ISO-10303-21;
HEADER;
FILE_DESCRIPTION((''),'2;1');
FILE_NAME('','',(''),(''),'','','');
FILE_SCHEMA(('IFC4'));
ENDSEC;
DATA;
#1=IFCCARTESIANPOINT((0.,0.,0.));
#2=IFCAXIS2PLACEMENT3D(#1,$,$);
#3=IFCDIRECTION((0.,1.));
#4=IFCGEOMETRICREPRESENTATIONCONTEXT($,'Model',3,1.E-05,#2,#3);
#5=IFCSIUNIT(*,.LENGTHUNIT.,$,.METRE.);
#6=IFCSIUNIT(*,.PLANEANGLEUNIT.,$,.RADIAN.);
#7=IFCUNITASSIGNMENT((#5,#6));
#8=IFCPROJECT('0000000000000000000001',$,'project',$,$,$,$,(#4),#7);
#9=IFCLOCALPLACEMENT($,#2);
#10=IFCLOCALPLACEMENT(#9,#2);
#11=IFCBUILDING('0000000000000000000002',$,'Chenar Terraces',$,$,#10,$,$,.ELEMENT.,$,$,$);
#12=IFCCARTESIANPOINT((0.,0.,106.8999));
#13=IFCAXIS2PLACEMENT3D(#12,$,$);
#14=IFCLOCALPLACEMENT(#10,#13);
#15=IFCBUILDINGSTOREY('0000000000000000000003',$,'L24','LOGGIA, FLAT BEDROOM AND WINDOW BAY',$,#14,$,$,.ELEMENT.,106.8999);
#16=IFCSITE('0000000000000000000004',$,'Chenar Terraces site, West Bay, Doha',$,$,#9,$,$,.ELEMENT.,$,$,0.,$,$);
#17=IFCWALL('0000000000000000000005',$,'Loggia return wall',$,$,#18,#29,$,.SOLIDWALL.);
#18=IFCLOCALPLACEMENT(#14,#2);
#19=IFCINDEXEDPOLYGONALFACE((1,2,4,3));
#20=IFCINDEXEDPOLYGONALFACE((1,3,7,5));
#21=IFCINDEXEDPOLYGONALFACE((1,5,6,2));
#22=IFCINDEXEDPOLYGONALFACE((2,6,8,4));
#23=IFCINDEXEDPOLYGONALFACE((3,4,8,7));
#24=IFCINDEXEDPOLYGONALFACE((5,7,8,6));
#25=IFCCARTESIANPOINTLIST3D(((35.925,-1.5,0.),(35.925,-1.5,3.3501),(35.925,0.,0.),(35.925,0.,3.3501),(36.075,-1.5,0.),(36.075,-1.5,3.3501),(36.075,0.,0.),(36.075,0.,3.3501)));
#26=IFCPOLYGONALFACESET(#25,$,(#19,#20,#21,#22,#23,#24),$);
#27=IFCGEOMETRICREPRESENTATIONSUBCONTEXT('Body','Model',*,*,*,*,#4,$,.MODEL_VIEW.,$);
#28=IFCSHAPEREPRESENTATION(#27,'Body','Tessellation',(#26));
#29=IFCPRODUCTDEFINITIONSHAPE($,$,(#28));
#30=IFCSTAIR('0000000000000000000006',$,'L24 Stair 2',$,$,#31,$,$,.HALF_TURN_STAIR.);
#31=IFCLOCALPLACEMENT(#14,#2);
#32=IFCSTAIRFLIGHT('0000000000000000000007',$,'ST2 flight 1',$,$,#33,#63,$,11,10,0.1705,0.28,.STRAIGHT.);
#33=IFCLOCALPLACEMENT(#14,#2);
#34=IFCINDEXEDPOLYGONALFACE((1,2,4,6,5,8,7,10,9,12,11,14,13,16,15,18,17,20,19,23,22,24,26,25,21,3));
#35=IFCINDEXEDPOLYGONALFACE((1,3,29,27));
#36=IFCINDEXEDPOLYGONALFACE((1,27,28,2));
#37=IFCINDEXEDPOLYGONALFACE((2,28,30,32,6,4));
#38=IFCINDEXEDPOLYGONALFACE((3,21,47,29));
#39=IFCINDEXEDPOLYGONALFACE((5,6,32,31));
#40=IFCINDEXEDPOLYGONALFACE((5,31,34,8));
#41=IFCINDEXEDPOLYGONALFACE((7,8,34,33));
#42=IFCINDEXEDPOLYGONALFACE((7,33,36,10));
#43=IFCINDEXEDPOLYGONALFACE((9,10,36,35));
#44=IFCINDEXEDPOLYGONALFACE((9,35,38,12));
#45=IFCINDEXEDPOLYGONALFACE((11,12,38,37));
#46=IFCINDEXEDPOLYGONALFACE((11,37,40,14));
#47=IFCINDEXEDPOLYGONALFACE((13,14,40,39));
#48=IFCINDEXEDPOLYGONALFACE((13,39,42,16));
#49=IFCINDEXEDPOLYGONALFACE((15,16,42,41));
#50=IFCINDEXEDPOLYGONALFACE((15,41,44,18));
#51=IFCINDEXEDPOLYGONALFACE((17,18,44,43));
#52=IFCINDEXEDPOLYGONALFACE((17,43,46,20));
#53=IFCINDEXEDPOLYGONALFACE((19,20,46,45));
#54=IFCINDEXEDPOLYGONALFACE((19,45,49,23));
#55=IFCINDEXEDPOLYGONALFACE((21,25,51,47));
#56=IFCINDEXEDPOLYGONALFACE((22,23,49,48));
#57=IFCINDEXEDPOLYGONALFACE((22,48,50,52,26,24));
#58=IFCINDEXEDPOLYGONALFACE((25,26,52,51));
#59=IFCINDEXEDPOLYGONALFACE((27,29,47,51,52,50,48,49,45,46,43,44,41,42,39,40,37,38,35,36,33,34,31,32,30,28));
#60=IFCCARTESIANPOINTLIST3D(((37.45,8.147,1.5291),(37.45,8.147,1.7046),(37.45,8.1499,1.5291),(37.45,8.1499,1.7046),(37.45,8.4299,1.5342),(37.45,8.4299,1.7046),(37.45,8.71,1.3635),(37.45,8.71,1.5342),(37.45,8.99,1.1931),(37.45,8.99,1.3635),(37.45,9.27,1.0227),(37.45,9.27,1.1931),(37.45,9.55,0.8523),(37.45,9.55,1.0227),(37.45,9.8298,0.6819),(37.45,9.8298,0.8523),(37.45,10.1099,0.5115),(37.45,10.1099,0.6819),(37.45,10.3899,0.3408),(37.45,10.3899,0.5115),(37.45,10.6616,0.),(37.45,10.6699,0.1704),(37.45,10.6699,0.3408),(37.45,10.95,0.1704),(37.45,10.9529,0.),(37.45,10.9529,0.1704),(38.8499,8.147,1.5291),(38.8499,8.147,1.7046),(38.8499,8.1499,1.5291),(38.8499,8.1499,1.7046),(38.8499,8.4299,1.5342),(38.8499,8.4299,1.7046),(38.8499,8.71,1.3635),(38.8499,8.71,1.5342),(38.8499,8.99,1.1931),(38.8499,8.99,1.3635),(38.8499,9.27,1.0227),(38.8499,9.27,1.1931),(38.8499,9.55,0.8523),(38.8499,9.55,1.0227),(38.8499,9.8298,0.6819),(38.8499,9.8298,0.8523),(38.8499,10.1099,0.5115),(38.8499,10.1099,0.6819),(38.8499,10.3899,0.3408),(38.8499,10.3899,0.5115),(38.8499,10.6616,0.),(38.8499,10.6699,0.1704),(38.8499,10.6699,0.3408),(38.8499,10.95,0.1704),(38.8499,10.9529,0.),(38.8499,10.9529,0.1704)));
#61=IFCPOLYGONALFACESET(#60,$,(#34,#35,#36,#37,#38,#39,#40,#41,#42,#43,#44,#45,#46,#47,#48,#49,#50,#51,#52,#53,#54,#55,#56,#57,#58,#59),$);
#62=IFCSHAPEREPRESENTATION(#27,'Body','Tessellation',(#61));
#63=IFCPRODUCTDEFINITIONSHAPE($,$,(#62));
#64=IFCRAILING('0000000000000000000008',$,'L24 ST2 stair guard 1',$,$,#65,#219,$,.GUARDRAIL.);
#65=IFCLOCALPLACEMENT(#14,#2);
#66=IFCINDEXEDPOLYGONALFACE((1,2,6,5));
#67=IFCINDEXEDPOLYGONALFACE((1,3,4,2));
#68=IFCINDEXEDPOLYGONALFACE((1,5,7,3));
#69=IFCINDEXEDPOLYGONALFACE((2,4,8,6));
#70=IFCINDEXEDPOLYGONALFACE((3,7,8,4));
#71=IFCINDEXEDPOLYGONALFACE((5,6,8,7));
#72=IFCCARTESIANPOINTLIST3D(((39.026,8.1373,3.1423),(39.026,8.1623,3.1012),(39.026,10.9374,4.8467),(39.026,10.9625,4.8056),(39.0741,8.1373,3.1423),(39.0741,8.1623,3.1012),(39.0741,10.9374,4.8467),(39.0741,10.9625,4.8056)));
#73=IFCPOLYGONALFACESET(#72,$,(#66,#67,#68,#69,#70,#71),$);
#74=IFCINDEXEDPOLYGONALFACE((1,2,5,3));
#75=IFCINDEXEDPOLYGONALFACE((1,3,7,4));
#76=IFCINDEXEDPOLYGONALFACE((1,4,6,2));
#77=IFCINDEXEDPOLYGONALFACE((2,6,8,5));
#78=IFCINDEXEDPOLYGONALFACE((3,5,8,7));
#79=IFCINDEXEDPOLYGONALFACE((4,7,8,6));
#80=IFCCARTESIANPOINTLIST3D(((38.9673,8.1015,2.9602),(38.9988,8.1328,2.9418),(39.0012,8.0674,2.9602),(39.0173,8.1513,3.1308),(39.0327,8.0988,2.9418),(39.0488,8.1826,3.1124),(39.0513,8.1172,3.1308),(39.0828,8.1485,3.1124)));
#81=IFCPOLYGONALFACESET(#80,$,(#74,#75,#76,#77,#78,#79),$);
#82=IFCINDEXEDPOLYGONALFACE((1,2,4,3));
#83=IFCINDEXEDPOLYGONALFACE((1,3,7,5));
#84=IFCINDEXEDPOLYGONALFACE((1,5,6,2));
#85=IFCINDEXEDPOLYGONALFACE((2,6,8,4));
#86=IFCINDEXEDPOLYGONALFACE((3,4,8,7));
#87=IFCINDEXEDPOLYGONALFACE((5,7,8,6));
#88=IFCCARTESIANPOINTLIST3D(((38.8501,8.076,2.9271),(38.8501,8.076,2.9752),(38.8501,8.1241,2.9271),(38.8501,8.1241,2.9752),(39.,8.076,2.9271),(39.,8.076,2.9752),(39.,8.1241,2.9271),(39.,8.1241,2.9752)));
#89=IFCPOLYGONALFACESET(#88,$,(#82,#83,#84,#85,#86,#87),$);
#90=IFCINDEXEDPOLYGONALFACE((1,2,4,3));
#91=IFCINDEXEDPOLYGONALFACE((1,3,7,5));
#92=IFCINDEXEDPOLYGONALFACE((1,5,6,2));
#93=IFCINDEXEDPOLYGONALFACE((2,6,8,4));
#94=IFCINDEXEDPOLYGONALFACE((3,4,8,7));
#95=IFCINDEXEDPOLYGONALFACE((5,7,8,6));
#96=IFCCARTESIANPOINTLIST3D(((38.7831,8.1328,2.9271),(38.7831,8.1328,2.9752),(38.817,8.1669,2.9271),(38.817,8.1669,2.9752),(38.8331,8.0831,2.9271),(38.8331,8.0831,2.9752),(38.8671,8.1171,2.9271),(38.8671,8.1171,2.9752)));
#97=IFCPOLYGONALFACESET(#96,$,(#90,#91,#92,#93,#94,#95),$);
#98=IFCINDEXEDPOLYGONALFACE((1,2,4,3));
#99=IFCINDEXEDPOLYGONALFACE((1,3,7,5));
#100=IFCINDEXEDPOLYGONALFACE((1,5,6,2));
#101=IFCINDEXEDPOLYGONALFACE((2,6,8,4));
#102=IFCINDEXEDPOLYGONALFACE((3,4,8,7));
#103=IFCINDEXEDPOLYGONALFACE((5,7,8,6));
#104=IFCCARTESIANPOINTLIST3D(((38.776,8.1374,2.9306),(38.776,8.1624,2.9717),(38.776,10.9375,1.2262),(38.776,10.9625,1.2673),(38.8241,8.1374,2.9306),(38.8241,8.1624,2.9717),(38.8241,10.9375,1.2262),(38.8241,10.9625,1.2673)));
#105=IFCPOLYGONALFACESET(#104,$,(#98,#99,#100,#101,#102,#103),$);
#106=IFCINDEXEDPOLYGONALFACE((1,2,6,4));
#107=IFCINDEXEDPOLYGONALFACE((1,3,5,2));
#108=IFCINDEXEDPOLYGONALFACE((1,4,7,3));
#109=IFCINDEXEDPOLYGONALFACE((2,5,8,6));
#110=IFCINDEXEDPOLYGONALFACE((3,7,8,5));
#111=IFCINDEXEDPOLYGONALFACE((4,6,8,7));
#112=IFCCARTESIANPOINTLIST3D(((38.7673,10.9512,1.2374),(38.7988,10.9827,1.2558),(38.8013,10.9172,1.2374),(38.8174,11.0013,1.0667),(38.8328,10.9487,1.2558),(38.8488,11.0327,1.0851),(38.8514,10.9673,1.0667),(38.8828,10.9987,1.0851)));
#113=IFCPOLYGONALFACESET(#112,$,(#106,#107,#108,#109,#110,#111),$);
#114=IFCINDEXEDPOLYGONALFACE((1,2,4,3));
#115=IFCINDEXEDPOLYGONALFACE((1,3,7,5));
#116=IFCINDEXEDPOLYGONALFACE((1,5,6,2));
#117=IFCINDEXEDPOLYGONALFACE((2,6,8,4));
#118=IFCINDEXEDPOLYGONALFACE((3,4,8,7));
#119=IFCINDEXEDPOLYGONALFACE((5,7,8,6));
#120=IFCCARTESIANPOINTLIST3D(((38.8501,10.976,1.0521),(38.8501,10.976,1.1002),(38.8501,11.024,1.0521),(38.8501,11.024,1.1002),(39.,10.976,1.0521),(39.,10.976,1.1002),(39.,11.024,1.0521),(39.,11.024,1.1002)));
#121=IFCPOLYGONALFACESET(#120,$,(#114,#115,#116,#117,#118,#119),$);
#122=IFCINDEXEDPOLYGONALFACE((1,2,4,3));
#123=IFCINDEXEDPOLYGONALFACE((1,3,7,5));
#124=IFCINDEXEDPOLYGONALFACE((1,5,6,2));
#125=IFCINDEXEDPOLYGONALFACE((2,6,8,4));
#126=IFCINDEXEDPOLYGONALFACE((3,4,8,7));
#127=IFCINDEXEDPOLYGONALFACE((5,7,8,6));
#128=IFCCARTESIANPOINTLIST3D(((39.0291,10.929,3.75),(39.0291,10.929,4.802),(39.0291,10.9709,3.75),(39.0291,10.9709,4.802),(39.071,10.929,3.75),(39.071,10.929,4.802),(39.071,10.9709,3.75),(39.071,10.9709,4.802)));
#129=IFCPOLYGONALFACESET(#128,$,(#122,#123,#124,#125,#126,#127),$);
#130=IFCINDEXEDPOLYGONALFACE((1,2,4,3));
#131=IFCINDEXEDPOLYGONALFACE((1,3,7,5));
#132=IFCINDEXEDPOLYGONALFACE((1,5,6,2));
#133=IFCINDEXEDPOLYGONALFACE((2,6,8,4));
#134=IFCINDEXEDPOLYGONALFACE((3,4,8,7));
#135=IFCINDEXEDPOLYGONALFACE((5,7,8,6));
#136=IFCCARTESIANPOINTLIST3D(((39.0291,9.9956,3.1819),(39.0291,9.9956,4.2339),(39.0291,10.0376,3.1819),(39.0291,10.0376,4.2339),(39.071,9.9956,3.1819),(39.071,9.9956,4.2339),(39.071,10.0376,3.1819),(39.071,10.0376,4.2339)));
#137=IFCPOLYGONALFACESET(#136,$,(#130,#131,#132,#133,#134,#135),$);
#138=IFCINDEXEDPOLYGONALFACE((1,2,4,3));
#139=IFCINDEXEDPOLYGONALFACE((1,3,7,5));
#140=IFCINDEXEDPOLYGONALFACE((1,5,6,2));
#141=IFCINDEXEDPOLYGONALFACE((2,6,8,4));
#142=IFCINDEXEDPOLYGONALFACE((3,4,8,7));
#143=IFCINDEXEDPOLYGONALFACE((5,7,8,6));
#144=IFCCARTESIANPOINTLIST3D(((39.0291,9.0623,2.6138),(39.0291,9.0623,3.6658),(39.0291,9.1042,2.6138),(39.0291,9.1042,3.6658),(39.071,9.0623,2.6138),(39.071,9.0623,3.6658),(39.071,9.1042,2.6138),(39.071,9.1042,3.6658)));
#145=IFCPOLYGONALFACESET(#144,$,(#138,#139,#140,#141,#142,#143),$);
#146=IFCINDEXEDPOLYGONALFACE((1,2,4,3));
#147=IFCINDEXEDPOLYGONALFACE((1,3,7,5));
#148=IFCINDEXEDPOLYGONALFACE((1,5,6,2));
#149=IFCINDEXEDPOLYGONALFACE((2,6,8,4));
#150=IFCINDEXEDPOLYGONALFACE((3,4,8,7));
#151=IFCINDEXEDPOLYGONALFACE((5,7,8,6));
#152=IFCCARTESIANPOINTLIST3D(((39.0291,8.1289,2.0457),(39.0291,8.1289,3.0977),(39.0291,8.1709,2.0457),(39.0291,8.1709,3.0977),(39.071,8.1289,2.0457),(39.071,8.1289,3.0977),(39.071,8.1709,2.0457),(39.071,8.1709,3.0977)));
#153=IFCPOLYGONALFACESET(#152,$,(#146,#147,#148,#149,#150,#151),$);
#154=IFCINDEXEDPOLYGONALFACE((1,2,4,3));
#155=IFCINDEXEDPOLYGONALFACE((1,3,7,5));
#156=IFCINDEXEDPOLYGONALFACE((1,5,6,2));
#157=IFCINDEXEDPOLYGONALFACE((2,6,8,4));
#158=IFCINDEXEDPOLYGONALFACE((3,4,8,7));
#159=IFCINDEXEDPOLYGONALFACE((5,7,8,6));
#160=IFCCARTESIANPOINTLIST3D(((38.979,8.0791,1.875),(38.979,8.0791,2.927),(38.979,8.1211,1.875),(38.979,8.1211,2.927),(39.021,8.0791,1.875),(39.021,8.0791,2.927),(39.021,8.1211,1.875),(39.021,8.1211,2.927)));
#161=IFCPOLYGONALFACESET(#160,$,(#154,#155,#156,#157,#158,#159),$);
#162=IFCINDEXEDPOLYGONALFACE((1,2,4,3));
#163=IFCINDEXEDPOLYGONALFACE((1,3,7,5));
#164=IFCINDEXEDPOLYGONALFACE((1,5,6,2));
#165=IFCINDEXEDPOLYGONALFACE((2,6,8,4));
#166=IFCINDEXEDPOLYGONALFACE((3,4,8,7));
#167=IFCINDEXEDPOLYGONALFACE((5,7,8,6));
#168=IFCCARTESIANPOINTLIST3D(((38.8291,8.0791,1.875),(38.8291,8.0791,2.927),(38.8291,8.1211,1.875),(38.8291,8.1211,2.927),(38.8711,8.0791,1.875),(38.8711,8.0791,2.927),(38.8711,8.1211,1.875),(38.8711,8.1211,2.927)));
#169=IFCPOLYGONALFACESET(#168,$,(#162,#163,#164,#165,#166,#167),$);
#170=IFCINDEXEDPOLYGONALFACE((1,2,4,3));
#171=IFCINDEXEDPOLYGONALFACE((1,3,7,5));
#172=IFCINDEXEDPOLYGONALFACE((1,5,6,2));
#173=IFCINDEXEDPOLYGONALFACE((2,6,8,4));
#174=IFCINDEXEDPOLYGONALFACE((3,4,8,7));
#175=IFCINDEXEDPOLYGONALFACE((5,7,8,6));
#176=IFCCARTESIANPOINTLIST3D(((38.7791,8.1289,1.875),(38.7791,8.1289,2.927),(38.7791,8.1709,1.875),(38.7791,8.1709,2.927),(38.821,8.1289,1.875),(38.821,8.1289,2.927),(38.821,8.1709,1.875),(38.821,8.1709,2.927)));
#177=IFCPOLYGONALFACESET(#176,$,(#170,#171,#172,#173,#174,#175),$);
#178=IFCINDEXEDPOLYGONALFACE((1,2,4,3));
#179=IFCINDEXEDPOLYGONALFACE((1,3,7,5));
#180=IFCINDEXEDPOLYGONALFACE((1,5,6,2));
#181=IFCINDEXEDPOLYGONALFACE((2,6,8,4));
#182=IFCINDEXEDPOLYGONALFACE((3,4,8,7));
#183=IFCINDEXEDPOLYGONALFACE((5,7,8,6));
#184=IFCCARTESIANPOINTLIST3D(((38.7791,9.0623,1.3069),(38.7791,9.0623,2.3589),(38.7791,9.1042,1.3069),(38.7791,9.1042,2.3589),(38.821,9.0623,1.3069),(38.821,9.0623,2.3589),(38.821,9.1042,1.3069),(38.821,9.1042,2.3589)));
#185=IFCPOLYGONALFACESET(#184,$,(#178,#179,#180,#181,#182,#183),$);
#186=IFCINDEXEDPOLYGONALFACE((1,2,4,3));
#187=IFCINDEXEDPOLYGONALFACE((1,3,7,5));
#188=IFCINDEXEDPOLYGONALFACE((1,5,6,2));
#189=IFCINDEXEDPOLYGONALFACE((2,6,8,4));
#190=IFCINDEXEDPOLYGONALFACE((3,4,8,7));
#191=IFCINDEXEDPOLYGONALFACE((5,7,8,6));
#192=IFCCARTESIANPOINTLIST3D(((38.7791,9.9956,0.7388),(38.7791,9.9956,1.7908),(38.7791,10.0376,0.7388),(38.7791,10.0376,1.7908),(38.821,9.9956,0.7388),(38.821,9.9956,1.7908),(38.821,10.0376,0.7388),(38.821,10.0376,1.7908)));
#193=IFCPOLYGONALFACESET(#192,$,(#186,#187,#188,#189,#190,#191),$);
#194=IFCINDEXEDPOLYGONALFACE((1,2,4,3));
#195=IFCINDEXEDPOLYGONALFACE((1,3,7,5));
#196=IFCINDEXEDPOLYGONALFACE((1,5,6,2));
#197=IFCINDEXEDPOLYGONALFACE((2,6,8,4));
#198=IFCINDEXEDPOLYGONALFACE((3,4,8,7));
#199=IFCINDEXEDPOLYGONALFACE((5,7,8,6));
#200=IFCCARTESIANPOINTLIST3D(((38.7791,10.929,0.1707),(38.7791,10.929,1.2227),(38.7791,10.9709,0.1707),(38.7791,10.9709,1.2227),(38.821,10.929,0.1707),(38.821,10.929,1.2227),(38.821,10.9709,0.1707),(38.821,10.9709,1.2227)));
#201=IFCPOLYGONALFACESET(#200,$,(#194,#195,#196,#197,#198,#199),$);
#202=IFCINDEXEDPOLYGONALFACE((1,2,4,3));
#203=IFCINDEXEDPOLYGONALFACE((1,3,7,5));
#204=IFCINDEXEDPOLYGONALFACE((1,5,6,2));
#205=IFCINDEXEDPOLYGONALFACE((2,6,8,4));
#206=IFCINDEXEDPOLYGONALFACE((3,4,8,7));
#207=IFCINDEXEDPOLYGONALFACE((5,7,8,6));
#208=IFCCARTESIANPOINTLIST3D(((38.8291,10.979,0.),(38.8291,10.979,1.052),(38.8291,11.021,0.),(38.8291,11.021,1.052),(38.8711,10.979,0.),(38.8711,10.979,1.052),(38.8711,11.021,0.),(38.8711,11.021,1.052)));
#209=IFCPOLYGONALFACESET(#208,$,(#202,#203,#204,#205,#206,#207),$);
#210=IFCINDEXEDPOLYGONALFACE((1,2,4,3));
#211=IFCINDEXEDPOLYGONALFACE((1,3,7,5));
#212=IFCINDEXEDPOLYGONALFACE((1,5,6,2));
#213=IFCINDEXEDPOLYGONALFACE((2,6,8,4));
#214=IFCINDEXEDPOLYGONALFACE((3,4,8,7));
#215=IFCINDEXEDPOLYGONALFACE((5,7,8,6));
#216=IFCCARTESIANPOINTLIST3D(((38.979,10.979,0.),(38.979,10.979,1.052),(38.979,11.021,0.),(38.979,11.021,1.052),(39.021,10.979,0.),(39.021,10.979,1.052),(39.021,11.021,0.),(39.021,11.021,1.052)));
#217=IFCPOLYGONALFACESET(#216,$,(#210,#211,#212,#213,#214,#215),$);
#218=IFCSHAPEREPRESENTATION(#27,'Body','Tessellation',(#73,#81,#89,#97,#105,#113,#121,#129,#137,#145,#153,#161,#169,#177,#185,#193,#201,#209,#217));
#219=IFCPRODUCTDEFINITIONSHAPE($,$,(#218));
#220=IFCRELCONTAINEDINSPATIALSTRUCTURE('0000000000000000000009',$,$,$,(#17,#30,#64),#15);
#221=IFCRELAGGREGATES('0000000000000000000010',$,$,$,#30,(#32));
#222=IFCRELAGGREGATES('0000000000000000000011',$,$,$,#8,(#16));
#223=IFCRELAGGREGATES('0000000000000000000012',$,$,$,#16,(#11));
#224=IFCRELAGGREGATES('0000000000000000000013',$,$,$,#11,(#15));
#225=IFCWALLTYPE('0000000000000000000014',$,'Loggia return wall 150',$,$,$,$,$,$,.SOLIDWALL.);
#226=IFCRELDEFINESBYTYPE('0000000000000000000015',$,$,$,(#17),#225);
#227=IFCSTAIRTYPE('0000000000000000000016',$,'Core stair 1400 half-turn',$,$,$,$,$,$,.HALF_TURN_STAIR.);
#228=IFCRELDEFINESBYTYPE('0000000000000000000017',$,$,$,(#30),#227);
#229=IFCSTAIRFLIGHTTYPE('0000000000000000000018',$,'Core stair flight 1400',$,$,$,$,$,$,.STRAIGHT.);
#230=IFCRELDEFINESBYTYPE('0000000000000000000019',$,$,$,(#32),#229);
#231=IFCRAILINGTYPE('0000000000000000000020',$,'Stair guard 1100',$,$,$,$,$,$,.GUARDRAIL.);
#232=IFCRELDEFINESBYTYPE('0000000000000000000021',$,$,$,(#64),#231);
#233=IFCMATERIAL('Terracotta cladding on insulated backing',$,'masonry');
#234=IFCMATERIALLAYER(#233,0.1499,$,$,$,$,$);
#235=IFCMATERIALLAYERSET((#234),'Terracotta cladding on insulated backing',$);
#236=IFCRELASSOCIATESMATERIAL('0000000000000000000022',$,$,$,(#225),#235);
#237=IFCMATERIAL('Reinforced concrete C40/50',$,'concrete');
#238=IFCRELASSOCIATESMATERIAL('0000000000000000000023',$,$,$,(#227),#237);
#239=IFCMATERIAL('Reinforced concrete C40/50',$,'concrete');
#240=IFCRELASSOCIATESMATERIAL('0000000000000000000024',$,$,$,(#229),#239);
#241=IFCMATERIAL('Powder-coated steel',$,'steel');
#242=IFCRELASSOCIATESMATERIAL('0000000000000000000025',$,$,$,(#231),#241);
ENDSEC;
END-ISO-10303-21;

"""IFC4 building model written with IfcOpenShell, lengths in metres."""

from ifc_helpers import new_model, si_unit, direction, frame, frame_2d, origin, origin_2d, place, context, subcontext, project, spatial, polyline, rectangle, outline, extrude, material, layer, layer_set, type_object, element, aggregate, save


model = new_model("IFC4")

# Units and contexts
model_context = context("Model", 3, precision=1e-05, world=origin(), true_north=direction((0.0, 1.0)))
body_context = subcontext(model_context, "Body", "Model", "MODEL_VIEW")
ifc_project = project(units=[si_unit("LENGTHUNIT", "METRE"), si_unit("PLANEANGLEUNIT", "RADIAN")], contexts=[model_context])

# Site, building, storey
site_placement = place(None, origin())
site = spatial("IfcSite", under=ifc_project, at=site_placement, Name="Chenar Terraces site, West Bay, Doha", CompositionType="ELEMENT", RefElevation=0.0)
building_placement = place(site_placement, origin())
building = spatial("IfcBuilding", under=site, at=building_placement, Name="Chenar Terraces", CompositionType="ELEMENT")
storey_placement = place(building_placement, frame((0.0, 0.0, 106.8999)))
storey = spatial("IfcBuildingStorey", under=building, at=storey_placement, Name="L24", Description="LOGGIA, FLAT BEDROOM AND WINDOW BAY", CompositionType="ELEMENT", Elevation=106.8999)

# Wall
ifc_material_1 = material(Name="Terracotta cladding on insulated backing", Category="masonry")
ifc_layer_1 = layer(ifc_material_1, 0.1499)
ifc_layer_set_1 = layer_set([ifc_layer_1], Name="Terracotta cladding on insulated backing")
wall_type_1 = type_object("IfcWallType", Name="Loggia return wall 150", PredefinedType="SOLIDWALL", material=ifc_layer_set_1)
wall_1_placement = place(storey_placement, frame((36.0, -1.5, 0.0), z_axis=(0.0, 0.0, 1.0), x_axis=(0.0, 1.0, 0.0)))
element("IfcWall", 1, at=wall_1_placement, inside=storey, type_object=wall_type_1, Name="Loggia return wall", PredefinedType="SOLIDWALL", context=body_context, shape_type="SweptSolid", body=[
    extrude(rectangle(XDim=1.5, YDim=0.1499, at=frame_2d((0.75, 0.0))), origin(), (0.0, 0.0, 1.0), 3.3501),
])

# Stair, stair flight
ifc_material_2 = material(Name="Reinforced concrete C40/50", Category="concrete")
stair_type = type_object("IfcStairType", Name="Core stair 1400 half-turn", PredefinedType="HALF_TURN_STAIR", material=ifc_material_2)
stair_placement = place(storey_placement, origin())
stair = element("IfcStair", 2, at=stair_placement, inside=storey, type_object=stair_type, Name="L24 Stair 2", PredefinedType="HALF_TURN_STAIR")
ifc_material_3 = material(Name="Reinforced concrete C40/50", Category="concrete")
stair_flight_type = type_object("IfcStairFlightType", Name="Core stair flight 1400", PredefinedType="STRAIGHT", material=ifc_material_3)
stair_flight_placement = place(storey_placement, frame((38.1499, 10.95, 0.0), z_axis=(0.0, 0.0, 1.0), x_axis=(0.0, -1.0, 0.0)))
stair_flight = element("IfcStairFlight", 3, at=stair_flight_placement, type_object=stair_flight_type, Name="ST2 flight 1", NumberOfRisers=11, NumberOfTreads=10, PredefinedType="STRAIGHT", RiserHeight=0.1705, TreadLength=0.28, context=body_context, shape_type="SweptSolid", body=[
    extrude(outline(polyline([(-0.0029, 0.0), (-0.0029, 0.1704), (0.0, 0.1704), (0.28, 0.1704), (0.28, 0.3408), (0.5601, 0.3408), (0.5601, 0.5115), (0.8401, 0.5115), (0.8401, 0.6819), (1.1201, 0.6819), (1.1201, 0.8523), (1.3999, 0.8523), (1.3999, 1.0227), (1.6799, 1.0227), (1.6799, 1.1931), (1.96, 1.1931), (1.96, 1.3635), (2.24, 1.3635), (2.24, 1.5342), (2.52, 1.5342), (2.52, 1.7046), (2.8, 1.7046), (2.803, 1.7046), (2.803, 1.5291), (2.8, 1.5291), (0.2883, 0.0), (-0.0029, 0.0)])), frame((0.0, 0.7, 0.0), z_axis=(0.0, -1.0, 0.0), x_axis=(1.0, 0.0, 0.0)), (0.0, 0.0, 1.0), 1.3999),
])
aggregate(stair, [stair_flight])

# Railing
ifc_material_4 = material(Name="Powder-coated steel", Category="steel")
railing_type_1 = type_object("IfcRailingType", Name="Stair guard 1100", PredefinedType="GUARDRAIL", material=ifc_material_4)
railing_1_placement = place(storey_placement, frame((39.05, 10.95, 3.75)))
element("IfcRailing", 4, at=railing_1_placement, inside=storey, type_object=railing_type_1, Name="L24 ST2 stair guard 1", PredefinedType="GUARDRAIL", context=body_context, shape_type="SweptSolid", body=[
    extrude(rectangle(XDim=0.0481, YDim=0.0481, at=origin_2d()), frame((0.0, 0.0, 1.0762), z_axis=(0.0, -0.854203, -0.51994), x_axis=(1.0, 0.0, 0.0)), (0.0, 0.0, 1.0), 3.2781),
    extrude(rectangle(XDim=0.0481, YDim=0.0481, at=origin_2d()), frame((0.0, -2.8, -0.6284), z_axis=(-0.270997, -0.269675, -0.924033), x_axis=(0.705376, -0.708834, 0.0)), (0.0, 0.0, 1.0), 0.1846),
    extrude(rectangle(XDim=0.0481, YDim=0.0481, at=origin_2d()), frame((-0.05, -2.8499, -0.7988), z_axis=(-1.0, 0.0, 0.0), x_axis=(0.0, -1.0, 0.0)), (0.0, 0.0, 1.0), 0.1499),
    extrude(rectangle(XDim=0.0481, YDim=0.0481, at=origin_2d()), frame((-0.2, -2.8499, -0.7988), z_axis=(-0.708834, 0.705376, 0.0), x_axis=(-0.705376, -0.708834, 0.0)), (0.0, 0.0, 1.0), 0.0706),
    extrude(rectangle(XDim=0.0481, YDim=0.0481, at=origin_2d()), frame((-0.25, -2.8, -0.7988), z_axis=(0.0, 0.854203, -0.51994), x_axis=(-1.0, 0.0, 0.0)), (0.0, 0.0, 1.0), 3.2781),
    extrude(rectangle(XDim=0.0481, YDim=0.0481, at=origin_2d()), frame((-0.25, 0.0, -2.5034), z_axis=(0.2709, 0.2709, -0.923703), x_axis=(-0.707107, 0.707107, 0.0)), (0.0, 0.0, 1.0), 0.1848),
    extrude(rectangle(XDim=0.0481, YDim=0.0481, at=origin_2d()), frame((-0.2, 0.05, -2.6738), z_axis=(1.0, 0.0, 0.0), x_axis=(0.0, 1.0, 0.0)), (0.0, 0.0, 1.0), 0.1499),
    extrude(rectangle(XDim=0.042, YDim=0.042, at=origin_2d()), origin(), (0.0, 0.0, 1.0), 1.052),
    extrude(rectangle(XDim=0.042, YDim=0.042, at=origin_2d()), frame((0.0, -0.9333, -0.5681)), (0.0, 0.0, 1.0), 1.052),
    extrude(rectangle(XDim=0.042, YDim=0.042, at=origin_2d()), frame((0.0, -1.8667, -1.1362)), (0.0, 0.0, 1.0), 1.052),
    extrude(rectangle(XDim=0.042, YDim=0.042, at=origin_2d()), frame((0.0, -2.8, -1.7043)), (0.0, 0.0, 1.0), 1.052),
    extrude(rectangle(XDim=0.042, YDim=0.042, at=origin_2d()), frame((-0.05, -2.8499, -1.875)), (0.0, 0.0, 1.0), 1.052),
    extrude(rectangle(XDim=0.042, YDim=0.042, at=origin_2d()), frame((-0.2, -2.8499, -1.875)), (0.0, 0.0, 1.0), 1.052),
    extrude(rectangle(XDim=0.042, YDim=0.042, at=origin_2d()), frame((-0.25, -2.8, -1.875)), (0.0, 0.0, 1.0), 1.052),
    extrude(rectangle(XDim=0.042, YDim=0.042, at=origin_2d()), frame((-0.25, -1.8667, -2.4431)), (0.0, 0.0, 1.0), 1.052),
    extrude(rectangle(XDim=0.042, YDim=0.042, at=origin_2d()), frame((-0.25, -0.9333, -3.0112)), (0.0, 0.0, 1.0), 1.052),
    extrude(rectangle(XDim=0.042, YDim=0.042, at=origin_2d()), frame((-0.25, 0.0, -3.5793)), (0.0, 0.0, 1.0), 1.052),
    extrude(rectangle(XDim=0.042, YDim=0.042, at=origin_2d()), frame((-0.2, 0.05, -3.75)), (0.0, 0.0, 1.0), 1.052),
    extrude(rectangle(XDim=0.042, YDim=0.042, at=origin_2d()), frame((-0.05, 0.05, -3.75)), (0.0, 0.0, 1.0), 1.052),
])

save(model, "model.ifc")
